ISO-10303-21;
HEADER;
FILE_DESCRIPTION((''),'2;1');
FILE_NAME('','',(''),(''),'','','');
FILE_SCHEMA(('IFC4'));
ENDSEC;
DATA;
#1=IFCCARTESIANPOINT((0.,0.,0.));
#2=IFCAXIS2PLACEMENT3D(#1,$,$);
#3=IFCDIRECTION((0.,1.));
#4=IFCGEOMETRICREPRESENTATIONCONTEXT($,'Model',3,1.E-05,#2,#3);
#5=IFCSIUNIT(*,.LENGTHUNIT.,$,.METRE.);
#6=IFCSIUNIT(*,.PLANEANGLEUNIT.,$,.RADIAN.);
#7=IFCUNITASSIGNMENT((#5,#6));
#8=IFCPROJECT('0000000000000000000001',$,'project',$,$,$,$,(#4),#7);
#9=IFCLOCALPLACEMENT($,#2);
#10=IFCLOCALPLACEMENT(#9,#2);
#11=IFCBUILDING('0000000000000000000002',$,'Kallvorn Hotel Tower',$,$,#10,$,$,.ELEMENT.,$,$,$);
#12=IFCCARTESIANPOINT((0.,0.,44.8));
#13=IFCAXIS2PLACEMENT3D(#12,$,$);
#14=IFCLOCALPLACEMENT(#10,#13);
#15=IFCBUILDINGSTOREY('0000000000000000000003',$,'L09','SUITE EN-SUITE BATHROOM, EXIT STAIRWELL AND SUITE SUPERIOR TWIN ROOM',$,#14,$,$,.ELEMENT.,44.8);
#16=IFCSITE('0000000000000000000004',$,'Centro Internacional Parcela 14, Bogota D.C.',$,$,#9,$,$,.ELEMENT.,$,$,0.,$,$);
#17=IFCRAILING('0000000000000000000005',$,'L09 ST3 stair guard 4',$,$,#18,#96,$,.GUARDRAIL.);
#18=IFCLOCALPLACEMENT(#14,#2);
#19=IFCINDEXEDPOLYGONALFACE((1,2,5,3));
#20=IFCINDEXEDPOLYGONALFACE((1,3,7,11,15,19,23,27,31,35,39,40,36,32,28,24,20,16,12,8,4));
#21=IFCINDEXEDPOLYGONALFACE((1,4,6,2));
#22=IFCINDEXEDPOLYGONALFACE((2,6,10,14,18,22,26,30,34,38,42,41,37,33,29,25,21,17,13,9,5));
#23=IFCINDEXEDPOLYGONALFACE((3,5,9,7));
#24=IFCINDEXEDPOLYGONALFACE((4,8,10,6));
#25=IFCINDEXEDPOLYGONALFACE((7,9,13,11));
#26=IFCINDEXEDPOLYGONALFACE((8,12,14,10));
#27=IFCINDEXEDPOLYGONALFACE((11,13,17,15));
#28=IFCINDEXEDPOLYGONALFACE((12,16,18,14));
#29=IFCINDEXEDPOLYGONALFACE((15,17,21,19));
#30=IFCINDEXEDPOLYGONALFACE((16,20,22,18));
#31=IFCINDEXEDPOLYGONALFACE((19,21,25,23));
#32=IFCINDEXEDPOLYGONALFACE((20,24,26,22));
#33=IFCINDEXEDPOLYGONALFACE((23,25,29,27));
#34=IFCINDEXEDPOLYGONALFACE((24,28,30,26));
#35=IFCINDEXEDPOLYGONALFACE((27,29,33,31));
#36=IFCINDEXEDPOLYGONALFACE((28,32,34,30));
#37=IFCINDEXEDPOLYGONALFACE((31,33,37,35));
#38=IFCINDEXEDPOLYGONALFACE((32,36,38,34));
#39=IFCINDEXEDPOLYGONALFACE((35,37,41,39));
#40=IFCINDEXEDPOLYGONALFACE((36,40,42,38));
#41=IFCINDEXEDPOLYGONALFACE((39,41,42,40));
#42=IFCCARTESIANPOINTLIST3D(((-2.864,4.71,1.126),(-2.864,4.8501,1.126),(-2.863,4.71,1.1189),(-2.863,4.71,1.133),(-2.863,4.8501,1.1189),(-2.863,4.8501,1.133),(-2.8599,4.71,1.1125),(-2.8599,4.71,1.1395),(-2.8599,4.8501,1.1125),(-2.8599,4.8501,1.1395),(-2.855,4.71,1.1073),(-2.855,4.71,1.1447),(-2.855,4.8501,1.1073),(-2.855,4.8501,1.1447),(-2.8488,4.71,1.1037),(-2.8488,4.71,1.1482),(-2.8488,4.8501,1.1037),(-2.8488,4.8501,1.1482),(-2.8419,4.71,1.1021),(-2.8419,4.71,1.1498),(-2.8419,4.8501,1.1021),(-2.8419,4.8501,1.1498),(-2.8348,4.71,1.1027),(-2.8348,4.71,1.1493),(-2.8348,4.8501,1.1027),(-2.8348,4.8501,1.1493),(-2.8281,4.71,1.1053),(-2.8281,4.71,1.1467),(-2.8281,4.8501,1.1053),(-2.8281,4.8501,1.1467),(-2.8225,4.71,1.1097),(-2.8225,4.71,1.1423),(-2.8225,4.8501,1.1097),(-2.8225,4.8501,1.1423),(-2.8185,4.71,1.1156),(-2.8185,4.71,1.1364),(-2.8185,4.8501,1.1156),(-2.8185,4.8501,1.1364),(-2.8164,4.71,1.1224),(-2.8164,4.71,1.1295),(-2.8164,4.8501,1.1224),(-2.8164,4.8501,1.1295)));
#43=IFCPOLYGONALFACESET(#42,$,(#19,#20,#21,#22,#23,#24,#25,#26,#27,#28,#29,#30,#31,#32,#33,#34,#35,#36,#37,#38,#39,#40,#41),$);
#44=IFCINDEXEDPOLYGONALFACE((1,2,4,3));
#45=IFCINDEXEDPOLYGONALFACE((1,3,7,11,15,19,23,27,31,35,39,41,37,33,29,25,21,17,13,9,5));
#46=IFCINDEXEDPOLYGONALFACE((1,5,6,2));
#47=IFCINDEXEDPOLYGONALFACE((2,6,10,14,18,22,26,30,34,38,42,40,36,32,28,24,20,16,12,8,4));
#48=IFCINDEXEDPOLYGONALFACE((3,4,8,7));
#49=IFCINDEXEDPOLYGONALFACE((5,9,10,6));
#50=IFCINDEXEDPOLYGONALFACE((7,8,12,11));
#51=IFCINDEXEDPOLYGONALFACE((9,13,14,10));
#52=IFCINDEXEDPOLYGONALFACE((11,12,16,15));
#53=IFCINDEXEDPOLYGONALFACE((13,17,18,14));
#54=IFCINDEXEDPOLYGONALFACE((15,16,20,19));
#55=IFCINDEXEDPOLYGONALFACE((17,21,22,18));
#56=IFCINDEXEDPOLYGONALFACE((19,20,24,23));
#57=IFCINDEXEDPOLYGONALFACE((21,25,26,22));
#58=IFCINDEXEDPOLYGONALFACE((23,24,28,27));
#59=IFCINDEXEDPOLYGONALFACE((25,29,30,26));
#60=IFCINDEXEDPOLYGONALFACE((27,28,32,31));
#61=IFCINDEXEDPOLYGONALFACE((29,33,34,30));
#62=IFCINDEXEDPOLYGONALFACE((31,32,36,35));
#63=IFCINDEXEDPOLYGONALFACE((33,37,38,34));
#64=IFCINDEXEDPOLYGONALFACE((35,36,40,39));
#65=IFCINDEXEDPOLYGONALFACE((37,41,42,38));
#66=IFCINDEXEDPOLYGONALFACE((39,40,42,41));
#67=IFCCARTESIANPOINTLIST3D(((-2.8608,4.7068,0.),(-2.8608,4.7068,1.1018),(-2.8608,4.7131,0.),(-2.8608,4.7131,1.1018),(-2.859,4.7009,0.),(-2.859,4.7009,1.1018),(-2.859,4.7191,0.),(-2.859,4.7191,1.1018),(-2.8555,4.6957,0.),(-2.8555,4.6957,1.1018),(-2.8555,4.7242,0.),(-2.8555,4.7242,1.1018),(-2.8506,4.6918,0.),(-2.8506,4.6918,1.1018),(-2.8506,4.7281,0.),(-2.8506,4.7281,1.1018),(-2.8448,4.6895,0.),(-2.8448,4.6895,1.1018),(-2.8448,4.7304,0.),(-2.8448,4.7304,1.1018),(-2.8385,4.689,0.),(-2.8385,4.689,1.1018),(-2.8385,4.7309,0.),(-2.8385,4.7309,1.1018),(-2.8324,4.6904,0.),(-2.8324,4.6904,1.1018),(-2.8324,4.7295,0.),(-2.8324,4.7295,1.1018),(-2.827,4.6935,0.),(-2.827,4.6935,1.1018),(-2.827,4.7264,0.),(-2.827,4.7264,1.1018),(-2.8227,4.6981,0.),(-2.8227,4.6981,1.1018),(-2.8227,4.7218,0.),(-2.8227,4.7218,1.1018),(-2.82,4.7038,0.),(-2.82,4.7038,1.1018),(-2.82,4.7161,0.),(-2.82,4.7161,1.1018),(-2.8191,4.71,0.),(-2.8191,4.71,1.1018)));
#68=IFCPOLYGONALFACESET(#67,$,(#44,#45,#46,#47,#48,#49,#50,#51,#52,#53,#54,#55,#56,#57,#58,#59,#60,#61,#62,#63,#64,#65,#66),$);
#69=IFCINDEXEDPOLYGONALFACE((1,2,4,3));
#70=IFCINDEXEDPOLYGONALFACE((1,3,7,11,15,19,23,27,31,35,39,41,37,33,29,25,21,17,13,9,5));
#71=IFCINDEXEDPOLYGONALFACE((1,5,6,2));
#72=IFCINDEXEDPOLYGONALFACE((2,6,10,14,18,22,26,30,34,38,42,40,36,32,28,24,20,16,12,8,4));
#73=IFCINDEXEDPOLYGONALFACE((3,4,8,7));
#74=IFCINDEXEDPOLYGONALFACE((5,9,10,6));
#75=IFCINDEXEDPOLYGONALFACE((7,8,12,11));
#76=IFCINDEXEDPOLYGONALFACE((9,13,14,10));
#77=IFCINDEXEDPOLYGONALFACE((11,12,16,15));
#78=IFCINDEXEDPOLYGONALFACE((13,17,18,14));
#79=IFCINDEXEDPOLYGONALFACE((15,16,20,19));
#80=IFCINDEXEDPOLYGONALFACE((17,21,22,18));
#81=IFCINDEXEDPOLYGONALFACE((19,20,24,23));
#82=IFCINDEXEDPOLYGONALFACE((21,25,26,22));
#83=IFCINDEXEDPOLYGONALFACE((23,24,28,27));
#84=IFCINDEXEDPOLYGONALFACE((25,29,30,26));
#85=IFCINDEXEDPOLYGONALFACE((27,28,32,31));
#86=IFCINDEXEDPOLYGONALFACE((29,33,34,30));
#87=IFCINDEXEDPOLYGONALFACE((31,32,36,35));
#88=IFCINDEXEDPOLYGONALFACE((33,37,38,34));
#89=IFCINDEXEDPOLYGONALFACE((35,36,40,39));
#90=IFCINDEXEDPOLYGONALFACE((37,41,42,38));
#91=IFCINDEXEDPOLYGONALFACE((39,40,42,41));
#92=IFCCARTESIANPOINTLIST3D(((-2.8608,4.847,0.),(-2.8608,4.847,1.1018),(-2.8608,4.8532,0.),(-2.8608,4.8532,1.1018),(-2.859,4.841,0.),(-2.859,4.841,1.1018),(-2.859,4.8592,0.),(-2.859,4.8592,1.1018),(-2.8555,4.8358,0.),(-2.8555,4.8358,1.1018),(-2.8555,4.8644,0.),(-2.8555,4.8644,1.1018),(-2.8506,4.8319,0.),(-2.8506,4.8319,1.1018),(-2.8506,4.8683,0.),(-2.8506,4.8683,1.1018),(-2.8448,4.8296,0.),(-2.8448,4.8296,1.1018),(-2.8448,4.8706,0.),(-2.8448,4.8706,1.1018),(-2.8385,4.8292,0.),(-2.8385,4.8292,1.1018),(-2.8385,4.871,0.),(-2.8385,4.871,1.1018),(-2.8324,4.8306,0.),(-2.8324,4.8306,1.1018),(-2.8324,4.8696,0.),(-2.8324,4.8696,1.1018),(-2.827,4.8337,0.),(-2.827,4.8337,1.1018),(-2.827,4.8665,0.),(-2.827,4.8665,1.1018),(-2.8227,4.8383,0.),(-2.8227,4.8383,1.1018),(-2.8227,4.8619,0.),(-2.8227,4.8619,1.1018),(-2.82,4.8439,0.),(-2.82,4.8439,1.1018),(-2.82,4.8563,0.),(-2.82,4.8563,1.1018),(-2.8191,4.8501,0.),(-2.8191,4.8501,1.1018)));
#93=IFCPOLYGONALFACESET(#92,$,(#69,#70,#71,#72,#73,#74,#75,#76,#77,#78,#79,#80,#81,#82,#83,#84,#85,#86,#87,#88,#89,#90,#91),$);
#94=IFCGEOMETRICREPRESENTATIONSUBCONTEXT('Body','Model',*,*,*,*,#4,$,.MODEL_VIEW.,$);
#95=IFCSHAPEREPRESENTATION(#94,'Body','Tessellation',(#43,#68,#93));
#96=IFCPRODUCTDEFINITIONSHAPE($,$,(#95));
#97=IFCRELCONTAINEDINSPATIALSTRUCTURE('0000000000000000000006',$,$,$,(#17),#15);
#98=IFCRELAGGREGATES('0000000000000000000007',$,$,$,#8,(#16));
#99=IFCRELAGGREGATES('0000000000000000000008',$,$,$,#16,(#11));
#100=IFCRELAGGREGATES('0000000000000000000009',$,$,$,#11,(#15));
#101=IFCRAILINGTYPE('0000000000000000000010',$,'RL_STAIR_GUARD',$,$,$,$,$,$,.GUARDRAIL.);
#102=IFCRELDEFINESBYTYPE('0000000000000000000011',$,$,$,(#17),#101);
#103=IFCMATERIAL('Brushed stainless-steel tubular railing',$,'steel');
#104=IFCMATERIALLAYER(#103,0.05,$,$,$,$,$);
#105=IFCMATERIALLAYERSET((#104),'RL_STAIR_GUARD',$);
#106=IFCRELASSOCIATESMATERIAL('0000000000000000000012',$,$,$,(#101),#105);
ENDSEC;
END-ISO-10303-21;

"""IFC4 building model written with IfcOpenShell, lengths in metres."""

from ifc_helpers import new_model, si_unit, direction, frame, origin, origin_2d, place, context, subcontext, project, spatial, circle, extrude, material, layer, layer_set, type_object, element, save


model = new_model("IFC4")

# Units and contexts
model_context = context("Model", 3, precision=1e-05, world=origin(), true_north=direction((0.0, 1.0)))
body_context = subcontext(model_context, "Body", "Model", "MODEL_VIEW")
ifc_project = project(units=[si_unit("LENGTHUNIT", "METRE"), si_unit("PLANEANGLEUNIT", "RADIAN")], contexts=[model_context])

# Site, building, storey
site_placement = place(None, origin())
site = spatial("IfcSite", under=ifc_project, at=site_placement, Name="Centro Internacional Parcela 14, Bogota D.C.", CompositionType="ELEMENT", RefElevation=0.0)
building_placement = place(site_placement, origin())
building = spatial("IfcBuilding", under=site, at=building_placement, Name="Kallvorn Hotel Tower", CompositionType="ELEMENT")
storey_placement = place(building_placement, frame((0.0, 0.0, 44.8)))
storey = spatial("IfcBuildingStorey", under=building, at=storey_placement, Name="L09", Description="SUITE EN-SUITE BATHROOM, EXIT STAIRWELL AND SUITE SUPERIOR TWIN ROOM", CompositionType="ELEMENT", Elevation=44.8)

# Railing
ifc_material_1 = material(Name="Brushed stainless-steel tubular railing", Category="steel")
ifc_layer_1 = layer(ifc_material_1, 0.05)
ifc_layer_set_1 = layer_set([ifc_layer_1], Name="RL_STAIR_GUARD")
railing_type_1 = type_object("IfcRailingType", Name="RL_STAIR_GUARD", PredefinedType="GUARDRAIL", material=ifc_layer_set_1)
railing_1_placement = place(storey_placement, frame((-2.8401, 4.71, 0.0)))
element("IfcRailing", 1, at=railing_1_placement, inside=storey, type_object=railing_type_1, Name="L09 ST3 stair guard 4", PredefinedType="GUARDRAIL", context=body_context, shape_type="SweptSolid", body=[
    extrude(circle(Radius=0.0239, at=origin_2d()), frame((0.0, 0.0, 1.126), z_axis=(0.0, 1.0, 0.0), x_axis=(-1.0, 0.0, 0.0)), (0.0, 0.0, 1.0), 0.1401),
    extrude(circle(Radius=0.021, at=origin_2d()), origin(), (0.0, 0.0, 1.0), 1.1018),
    extrude(circle(Radius=0.021, at=origin_2d()), frame((0.0, 0.1401, 0.0)), (0.0, 0.0, 1.0), 1.1018),
])

save(model, "model.ifc")
